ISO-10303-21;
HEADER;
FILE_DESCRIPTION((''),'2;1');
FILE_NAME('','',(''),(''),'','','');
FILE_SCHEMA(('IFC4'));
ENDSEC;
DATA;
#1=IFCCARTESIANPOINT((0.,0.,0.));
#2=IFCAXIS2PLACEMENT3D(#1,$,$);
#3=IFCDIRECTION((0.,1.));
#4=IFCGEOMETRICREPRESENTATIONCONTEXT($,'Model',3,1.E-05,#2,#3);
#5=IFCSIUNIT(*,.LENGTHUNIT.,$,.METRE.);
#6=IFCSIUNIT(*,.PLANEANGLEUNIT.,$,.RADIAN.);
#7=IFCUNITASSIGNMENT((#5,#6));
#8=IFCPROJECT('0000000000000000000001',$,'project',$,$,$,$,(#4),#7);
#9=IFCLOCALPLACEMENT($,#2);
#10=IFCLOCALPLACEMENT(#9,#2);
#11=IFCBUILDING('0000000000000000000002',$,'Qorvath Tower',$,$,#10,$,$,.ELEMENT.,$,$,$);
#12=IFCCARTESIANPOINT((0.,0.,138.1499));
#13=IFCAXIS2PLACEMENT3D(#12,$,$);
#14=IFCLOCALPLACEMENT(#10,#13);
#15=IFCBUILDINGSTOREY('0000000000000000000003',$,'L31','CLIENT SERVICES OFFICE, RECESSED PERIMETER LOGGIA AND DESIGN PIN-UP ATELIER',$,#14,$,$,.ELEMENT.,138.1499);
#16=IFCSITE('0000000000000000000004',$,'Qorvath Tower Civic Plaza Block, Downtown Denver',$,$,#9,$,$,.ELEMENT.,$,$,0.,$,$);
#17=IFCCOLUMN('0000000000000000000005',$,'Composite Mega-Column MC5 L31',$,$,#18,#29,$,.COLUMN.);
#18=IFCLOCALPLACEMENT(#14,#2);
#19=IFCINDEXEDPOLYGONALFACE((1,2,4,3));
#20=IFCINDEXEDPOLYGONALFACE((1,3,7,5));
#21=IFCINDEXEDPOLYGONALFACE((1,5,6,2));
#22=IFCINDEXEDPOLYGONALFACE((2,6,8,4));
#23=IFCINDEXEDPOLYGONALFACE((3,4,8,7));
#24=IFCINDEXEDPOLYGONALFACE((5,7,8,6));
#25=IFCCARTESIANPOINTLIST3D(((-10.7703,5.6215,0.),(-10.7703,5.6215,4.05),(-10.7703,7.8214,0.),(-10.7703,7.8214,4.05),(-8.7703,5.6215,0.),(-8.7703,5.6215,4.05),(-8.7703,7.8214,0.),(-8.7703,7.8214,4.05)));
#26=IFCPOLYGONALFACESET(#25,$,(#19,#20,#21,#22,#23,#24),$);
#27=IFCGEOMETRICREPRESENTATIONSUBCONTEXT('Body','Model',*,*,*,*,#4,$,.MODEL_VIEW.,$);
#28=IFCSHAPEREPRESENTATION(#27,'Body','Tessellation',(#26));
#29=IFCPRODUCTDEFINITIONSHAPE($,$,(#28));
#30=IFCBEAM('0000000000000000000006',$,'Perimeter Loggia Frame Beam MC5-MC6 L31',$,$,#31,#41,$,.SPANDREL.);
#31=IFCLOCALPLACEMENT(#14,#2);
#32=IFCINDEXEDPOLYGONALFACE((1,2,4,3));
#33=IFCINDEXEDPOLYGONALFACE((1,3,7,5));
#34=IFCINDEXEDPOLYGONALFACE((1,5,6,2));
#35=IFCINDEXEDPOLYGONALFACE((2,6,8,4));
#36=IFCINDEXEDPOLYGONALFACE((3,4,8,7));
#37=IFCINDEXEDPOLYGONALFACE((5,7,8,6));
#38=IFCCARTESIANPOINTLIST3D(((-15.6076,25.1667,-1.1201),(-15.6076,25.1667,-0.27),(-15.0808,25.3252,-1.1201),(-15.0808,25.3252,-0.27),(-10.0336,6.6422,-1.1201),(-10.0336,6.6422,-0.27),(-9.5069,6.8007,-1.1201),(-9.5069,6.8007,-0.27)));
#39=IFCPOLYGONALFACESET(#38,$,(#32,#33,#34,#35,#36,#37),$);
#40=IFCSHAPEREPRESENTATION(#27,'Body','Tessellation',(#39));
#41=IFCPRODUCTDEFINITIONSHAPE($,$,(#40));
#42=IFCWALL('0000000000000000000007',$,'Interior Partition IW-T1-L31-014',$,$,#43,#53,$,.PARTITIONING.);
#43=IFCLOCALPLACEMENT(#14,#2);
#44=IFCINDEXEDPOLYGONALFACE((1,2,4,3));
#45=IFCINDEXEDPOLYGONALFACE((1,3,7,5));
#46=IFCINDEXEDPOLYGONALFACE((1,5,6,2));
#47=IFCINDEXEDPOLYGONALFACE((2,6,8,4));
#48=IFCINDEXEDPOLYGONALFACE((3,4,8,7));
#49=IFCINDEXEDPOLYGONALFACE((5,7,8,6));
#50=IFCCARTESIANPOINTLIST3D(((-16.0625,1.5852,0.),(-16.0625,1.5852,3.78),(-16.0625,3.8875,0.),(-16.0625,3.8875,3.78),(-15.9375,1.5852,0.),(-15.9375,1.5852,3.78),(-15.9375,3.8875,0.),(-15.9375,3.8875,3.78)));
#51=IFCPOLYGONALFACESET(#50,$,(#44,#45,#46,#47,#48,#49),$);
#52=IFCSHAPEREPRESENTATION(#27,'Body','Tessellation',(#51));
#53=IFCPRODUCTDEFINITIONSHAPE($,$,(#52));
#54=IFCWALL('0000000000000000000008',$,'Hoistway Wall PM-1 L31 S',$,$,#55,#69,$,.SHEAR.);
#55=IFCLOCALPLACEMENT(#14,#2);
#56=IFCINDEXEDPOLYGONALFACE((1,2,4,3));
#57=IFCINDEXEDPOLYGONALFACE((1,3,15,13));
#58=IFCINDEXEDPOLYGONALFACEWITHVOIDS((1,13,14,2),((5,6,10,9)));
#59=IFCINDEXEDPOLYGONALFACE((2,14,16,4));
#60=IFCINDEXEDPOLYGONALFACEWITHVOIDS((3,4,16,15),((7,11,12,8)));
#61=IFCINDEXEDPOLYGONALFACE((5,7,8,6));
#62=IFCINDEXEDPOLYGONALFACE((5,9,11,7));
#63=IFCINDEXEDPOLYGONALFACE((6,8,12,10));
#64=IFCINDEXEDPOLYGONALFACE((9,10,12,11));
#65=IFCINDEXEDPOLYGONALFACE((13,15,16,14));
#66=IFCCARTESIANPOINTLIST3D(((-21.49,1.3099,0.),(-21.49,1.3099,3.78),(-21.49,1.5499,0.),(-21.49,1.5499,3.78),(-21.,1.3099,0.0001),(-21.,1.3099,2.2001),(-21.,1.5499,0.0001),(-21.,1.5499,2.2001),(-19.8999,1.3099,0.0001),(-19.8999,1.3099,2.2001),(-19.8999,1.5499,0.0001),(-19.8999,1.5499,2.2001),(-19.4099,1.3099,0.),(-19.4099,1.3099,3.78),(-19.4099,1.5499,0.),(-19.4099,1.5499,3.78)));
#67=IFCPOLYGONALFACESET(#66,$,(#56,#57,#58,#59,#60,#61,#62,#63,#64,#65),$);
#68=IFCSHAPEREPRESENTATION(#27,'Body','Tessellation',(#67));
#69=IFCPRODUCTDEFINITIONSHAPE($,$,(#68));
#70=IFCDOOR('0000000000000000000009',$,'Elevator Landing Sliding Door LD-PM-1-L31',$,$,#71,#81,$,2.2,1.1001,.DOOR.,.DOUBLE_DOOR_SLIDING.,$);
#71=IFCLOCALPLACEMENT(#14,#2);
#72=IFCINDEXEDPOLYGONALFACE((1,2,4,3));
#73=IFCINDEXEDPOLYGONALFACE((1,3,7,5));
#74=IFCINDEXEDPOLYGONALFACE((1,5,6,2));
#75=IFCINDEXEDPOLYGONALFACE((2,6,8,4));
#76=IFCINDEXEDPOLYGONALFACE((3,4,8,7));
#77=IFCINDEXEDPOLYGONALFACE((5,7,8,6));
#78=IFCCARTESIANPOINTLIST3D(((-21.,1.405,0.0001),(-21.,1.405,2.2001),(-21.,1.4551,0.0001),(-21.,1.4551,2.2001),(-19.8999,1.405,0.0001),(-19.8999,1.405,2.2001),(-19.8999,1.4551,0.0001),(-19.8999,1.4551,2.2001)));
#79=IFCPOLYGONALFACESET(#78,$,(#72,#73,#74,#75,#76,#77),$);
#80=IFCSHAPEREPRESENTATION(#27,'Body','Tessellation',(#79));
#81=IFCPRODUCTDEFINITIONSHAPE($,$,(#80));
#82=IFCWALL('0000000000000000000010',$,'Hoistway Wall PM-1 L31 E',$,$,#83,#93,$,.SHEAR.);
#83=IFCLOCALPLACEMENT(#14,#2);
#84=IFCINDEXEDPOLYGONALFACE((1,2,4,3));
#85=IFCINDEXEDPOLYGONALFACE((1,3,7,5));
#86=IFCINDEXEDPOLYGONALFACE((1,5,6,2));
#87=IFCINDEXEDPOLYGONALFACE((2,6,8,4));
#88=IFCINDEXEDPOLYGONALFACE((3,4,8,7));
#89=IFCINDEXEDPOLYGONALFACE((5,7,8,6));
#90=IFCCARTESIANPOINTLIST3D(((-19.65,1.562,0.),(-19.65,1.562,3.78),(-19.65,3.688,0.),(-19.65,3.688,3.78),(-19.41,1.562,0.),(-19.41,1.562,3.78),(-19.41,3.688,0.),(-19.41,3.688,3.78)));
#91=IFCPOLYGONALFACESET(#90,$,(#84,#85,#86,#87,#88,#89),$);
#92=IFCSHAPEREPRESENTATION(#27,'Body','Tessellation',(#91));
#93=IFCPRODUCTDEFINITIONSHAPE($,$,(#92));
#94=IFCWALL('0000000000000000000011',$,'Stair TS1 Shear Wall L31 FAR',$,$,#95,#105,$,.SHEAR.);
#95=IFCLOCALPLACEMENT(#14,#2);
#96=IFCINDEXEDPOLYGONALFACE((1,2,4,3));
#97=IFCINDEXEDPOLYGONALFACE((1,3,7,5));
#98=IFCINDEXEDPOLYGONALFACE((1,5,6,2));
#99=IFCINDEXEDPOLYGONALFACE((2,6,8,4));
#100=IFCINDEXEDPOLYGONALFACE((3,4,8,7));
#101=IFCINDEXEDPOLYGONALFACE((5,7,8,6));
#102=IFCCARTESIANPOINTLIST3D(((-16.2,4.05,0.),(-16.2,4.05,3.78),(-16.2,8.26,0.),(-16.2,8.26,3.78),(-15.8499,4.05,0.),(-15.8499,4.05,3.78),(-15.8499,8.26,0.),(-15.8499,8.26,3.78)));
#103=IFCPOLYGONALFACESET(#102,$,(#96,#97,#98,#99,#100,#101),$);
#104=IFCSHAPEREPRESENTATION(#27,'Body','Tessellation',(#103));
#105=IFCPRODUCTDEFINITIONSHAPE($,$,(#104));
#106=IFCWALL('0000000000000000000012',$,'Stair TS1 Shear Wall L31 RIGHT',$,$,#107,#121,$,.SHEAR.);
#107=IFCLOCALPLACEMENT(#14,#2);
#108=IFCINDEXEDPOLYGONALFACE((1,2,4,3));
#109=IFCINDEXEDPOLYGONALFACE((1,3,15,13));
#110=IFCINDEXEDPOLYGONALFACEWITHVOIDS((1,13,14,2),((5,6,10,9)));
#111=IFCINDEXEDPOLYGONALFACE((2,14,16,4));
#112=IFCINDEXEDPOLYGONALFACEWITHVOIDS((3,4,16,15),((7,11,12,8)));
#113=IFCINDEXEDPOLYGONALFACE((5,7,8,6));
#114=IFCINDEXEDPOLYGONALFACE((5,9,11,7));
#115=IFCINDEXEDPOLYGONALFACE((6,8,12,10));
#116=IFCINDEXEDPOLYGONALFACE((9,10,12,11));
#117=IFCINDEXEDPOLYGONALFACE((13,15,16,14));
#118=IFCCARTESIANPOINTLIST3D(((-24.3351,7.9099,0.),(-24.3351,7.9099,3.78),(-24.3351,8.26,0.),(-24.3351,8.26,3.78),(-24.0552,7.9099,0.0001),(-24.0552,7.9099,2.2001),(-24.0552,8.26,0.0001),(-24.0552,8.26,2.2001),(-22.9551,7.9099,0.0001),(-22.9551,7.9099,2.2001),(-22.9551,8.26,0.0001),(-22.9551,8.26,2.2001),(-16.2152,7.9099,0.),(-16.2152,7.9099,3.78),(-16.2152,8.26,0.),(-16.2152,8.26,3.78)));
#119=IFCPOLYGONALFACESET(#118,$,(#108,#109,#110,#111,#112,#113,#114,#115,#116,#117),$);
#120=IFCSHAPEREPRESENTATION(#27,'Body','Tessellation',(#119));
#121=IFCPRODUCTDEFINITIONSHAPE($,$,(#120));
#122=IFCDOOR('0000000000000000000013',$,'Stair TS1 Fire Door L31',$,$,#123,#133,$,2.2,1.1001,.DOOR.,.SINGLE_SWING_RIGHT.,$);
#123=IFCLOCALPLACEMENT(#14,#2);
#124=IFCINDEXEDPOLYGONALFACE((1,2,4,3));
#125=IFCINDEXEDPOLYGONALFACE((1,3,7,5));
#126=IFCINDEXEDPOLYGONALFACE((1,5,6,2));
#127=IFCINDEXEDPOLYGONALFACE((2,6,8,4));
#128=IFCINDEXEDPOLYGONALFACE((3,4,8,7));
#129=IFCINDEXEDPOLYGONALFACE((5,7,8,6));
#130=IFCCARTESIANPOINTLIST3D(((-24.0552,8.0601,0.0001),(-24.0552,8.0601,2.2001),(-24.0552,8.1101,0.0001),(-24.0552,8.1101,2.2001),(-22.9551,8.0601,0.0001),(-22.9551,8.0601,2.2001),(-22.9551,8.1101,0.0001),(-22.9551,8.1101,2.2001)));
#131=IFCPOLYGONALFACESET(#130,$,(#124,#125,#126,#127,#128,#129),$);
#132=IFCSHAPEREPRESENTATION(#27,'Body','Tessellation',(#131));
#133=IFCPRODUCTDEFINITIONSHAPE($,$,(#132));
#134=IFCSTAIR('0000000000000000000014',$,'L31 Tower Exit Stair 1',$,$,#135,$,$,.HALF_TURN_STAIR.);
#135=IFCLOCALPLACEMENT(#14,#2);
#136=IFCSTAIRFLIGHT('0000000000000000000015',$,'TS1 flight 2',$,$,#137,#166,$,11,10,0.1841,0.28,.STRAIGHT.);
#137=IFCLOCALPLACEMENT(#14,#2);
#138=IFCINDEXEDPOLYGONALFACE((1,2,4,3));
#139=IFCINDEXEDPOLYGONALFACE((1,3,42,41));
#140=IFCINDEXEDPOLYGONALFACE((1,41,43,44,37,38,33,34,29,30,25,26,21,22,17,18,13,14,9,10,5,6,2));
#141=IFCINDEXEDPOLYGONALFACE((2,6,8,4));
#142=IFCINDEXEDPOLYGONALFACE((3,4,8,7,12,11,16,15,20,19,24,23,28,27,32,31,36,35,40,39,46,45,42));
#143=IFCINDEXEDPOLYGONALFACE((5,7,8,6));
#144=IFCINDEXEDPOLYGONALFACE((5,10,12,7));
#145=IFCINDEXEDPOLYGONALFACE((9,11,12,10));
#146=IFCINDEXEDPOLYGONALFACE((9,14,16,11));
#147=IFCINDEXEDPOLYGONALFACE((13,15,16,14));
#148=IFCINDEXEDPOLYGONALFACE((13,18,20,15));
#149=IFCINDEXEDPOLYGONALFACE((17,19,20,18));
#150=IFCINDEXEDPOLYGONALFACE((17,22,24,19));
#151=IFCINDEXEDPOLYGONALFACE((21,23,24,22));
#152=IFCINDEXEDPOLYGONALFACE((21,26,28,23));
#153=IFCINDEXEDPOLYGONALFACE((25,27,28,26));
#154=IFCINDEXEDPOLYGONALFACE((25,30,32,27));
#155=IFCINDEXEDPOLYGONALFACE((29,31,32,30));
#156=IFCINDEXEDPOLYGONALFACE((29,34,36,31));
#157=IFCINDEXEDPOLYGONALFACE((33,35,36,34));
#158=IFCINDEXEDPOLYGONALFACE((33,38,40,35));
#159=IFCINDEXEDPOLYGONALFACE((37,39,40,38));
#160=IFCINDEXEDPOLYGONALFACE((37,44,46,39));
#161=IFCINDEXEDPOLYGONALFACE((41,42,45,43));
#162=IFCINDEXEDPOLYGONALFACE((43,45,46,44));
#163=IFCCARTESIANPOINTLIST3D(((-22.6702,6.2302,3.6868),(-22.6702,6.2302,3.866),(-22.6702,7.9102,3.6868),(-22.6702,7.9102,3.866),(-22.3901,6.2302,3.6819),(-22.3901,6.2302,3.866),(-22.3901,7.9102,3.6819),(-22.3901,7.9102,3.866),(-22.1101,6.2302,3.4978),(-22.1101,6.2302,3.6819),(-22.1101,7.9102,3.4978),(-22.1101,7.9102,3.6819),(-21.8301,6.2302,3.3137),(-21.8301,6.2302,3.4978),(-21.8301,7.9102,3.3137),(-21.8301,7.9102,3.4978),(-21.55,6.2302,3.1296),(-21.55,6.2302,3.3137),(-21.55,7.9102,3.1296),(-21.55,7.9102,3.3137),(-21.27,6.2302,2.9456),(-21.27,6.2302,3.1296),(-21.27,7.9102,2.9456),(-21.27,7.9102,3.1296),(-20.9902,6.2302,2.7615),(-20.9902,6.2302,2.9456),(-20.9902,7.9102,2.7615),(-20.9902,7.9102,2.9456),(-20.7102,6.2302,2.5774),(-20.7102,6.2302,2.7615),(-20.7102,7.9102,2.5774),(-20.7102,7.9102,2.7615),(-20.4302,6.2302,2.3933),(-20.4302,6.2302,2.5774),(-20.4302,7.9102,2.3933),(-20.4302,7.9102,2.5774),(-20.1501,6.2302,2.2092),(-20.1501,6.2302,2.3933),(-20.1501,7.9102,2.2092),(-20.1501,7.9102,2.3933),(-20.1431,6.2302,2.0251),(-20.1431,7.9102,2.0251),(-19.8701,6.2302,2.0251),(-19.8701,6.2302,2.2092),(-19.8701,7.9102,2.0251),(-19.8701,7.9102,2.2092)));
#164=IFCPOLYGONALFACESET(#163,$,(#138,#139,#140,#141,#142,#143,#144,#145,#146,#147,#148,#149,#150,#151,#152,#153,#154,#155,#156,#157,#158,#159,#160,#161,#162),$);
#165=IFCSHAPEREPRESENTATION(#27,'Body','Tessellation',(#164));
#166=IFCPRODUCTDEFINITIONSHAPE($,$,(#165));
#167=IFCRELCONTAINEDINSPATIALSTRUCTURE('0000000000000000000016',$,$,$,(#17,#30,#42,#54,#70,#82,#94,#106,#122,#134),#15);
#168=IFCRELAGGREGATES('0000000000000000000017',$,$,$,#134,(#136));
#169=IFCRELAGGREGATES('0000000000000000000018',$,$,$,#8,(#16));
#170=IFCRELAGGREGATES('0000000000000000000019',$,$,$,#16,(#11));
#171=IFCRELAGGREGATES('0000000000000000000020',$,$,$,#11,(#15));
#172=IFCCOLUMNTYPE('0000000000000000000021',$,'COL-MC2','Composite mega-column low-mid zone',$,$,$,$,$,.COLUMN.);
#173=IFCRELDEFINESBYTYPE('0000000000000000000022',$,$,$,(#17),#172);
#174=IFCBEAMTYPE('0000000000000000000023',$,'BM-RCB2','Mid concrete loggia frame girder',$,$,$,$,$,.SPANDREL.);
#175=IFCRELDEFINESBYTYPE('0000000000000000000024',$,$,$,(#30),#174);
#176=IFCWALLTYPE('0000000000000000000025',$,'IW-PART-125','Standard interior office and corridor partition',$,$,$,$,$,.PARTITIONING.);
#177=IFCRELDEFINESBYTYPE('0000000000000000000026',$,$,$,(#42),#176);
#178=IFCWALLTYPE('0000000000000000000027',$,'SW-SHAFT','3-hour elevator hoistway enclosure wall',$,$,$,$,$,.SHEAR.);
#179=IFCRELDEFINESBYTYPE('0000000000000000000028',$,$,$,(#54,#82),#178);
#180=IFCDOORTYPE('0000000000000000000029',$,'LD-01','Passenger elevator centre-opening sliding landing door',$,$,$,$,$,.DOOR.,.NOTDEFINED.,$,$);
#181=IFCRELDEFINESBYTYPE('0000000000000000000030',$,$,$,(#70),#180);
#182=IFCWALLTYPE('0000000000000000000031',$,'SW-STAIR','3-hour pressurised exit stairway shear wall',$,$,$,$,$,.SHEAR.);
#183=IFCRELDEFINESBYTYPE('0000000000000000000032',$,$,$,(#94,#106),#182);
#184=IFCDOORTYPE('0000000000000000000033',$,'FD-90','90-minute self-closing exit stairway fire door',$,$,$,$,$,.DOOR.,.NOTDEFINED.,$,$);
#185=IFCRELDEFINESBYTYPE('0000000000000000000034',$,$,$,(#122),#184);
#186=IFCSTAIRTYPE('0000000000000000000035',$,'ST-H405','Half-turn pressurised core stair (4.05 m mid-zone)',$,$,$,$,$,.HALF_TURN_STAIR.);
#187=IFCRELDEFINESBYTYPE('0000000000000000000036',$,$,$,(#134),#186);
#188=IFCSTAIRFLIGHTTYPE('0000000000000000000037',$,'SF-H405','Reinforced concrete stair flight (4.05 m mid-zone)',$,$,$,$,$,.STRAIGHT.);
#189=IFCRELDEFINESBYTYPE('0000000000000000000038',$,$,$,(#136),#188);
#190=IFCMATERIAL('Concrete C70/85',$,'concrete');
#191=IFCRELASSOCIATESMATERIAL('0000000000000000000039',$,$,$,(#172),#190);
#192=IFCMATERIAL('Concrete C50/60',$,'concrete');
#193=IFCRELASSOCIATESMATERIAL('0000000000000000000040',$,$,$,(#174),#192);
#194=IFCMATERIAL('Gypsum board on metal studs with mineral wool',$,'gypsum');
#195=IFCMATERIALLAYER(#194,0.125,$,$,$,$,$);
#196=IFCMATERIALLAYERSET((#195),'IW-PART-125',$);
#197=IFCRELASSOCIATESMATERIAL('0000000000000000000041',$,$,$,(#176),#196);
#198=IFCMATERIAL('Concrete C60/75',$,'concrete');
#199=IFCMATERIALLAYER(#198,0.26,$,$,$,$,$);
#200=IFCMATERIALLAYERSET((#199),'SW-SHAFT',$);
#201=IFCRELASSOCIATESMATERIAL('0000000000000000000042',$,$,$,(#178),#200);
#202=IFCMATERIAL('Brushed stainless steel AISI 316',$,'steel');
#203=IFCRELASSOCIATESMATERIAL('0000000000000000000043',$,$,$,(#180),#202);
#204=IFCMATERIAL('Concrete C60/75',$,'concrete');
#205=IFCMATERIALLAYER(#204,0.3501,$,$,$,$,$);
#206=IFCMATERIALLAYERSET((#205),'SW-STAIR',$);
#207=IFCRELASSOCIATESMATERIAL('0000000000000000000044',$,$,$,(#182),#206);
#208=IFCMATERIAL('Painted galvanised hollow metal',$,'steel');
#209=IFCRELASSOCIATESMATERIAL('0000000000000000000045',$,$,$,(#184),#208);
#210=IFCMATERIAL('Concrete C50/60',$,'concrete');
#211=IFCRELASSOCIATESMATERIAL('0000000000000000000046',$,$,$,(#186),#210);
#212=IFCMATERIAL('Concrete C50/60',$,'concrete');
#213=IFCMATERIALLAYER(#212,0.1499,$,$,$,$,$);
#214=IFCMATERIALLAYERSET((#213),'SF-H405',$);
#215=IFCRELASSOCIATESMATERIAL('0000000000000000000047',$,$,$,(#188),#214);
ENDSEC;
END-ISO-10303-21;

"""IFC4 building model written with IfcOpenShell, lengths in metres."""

from ifc_helpers import new_model, si_unit, direction, frame, frame_2d, origin, origin_2d, place, context, subcontext, project, spatial, polyline, rectangle, outline, extrude, material, layer, layer_set, material_profile, profile_set, type_object, element, fill, aggregate, save


model = new_model("IFC4")

# Units and contexts
model_context = context("Model", 3, precision=1e-05, world=origin(), true_north=direction((0.0, 1.0)))
body_context = subcontext(model_context, "Body", "Model", "MODEL_VIEW")
ifc_project = project(units=[si_unit("LENGTHUNIT", "METRE"), si_unit("PLANEANGLEUNIT", "RADIAN")], contexts=[model_context])

# Site, building, storey
site_placement = place(None, origin())
site = spatial("IfcSite", under=ifc_project, at=site_placement, Name="Qorvath Tower Civic Plaza Block, Downtown Denver", CompositionType="ELEMENT", RefElevation=0.0)
building_placement = place(site_placement, origin())
building = spatial("IfcBuilding", under=site, at=building_placement, Name="Qorvath Tower", CompositionType="ELEMENT")
storey_placement = place(building_placement, frame((0.0, 0.0, 138.1499)))
storey = spatial("IfcBuildingStorey", under=building, at=storey_placement, Name="L31", Description="CLIENT SERVICES OFFICE, RECESSED PERIMETER LOGGIA AND DESIGN PIN-UP ATELIER", CompositionType="ELEMENT", Elevation=138.1499)

# Column
ifc_material_1 = material(Name="Concrete C70/85", Category="concrete")
ifc_material_profile_1 = material_profile(ifc_material_1, rectangle(XDim=2.0, YDim=2.2, at=origin_2d()), Name="MC 2200x2000")
ifc_profile_set_1 = profile_set([ifc_material_profile_1], Name="Concrete C70/85")
column_type = type_object("IfcColumnType", Name="COL-MC2", Description="Composite mega-column low-mid zone", PredefinedType="COLUMN", material=ifc_profile_set_1)
column_placement = place(storey_placement, frame((-9.7703, 6.7214, 0.0), z_axis=(0.0, 0.0, 1.0), x_axis=(1.0, 0.0, 0.0)))
element("IfcColumn", 1, at=column_placement, inside=storey, type_object=column_type, Name="Composite Mega-Column MC5 L31", PredefinedType="COLUMN", context=body_context, shape_type="SweptSolid", body=[
    extrude(rectangle(XDim=2.0, YDim=2.2, at=origin_2d()), origin(), (0.0, 0.0, 1.0), 4.05),
])

# Beam
ifc_material_2 = material(Name="Concrete C50/60", Category="concrete")
ifc_material_profile_2 = material_profile(ifc_material_2, rectangle(XDim=0.55, YDim=0.8501, at=origin_2d()), Name="RCB 850x550")
ifc_profile_set_2 = profile_set([ifc_material_profile_2], Name="Concrete C50/60")
beam_type = type_object("IfcBeamType", Name="BM-RCB2", Description="Mid concrete loggia frame girder", PredefinedType="SPANDREL", material=ifc_profile_set_2)
beam_placement = place(storey_placement, frame((-9.7703, 6.7214, -0.6951), z_axis=(-0.288134, 0.95759, 0.0), x_axis=(-0.95759, -0.288134, 0.0)))
element("IfcBeam", 2, at=beam_placement, inside=storey, type_object=beam_type, Name="Perimeter Loggia Frame Beam MC5-MC6 L31", PredefinedType="SPANDREL", context=body_context, shape_type="SweptSolid", body=[
    extrude(rectangle(XDim=0.55, YDim=0.8501, at=origin_2d()), origin(), (0.0, 0.0, 1.0), 19.345),
])

# Shared definitions
ifc_material_3 = material(Name="Gypsum board on metal studs with mineral wool", Category="gypsum")
ifc_layer_1 = layer(ifc_material_3, 0.125)
ifc_layer_set_1 = layer_set([ifc_layer_1], Name="IW-PART-125")
wall_type_1 = type_object("IfcWallType", Name="IW-PART-125", Description="Standard interior office and corridor partition", PredefinedType="PARTITIONING", material=ifc_layer_set_1)

# Wall
wall_1_placement = place(storey_placement, frame((-16.0, 1.5852, 0.0), z_axis=(0.0, 0.0, 1.0), x_axis=(0.0, 1.0, 0.0)))
element("IfcWall", 3, at=wall_1_placement, inside=storey, type_object=wall_type_1, Name="Interior Partition IW-T1-L31-014", PredefinedType="PARTITIONING", context=body_context, shape_type="SweptSolid", body=[
    extrude(rectangle(XDim=2.3022, YDim=0.125, at=frame_2d((1.1511, 0.0))), origin(), (0.0, 0.0, 1.0), 3.78),
])

# Wall, opening, door
ifc_material_4 = material(Name="Concrete C60/75", Category="concrete")
ifc_layer_2 = layer(ifc_material_4, 0.26)
ifc_layer_set_2 = layer_set([ifc_layer_2], Name="SW-SHAFT")
wall_type_2 = type_object("IfcWallType", Name="SW-SHAFT", Description="3-hour elevator hoistway enclosure wall", PredefinedType="SHEAR", material=ifc_layer_set_2)
wall_2_placement = place(storey_placement, frame((-19.4099, 1.4299, 0.0), z_axis=(0.0, 0.0, 1.0), x_axis=(-1.0, 0.0, 0.0)))
wall_2 = element("IfcWall", 4, at=wall_2_placement, inside=storey, type_object=wall_type_2, Name="Hoistway Wall PM-1 L31 S", PredefinedType="SHEAR", context=body_context, shape_type="SweptSolid", body=[
    extrude(rectangle(XDim=2.0801, YDim=0.24, at=frame_2d((1.04, 0.0))), origin(), (0.0, 0.0, 1.0), 3.78),
])
opening_1_placement = place(wall_2_placement, frame((0.49, 0.0, 0.0)))
opening_1 = element("IfcOpeningElement", 5, at=opening_1_placement, cuts=wall_2, PredefinedType="OPENING", context=body_context, shape_type="SweptSolid", body=[
    extrude(rectangle(XDim=1.1001, YDim=2.2, at=frame_2d((0.55, 1.1001))), frame((0.0, 0.1299, 0.0), z_axis=(0.0, -1.0, 0.0), x_axis=(1.0, 0.0, 0.0)), (0.0, 0.0, 1.0), 0.26),
])
ifc_material_5 = material(Name="Brushed stainless steel AISI 316", Category="steel")
door_type_1 = type_object("IfcDoorType", Name="LD-01", Description="Passenger elevator centre-opening sliding landing door", OperationType="NOTDEFINED", PredefinedType="DOOR", material=ifc_material_5)
door_1_placement = place(opening_1_placement, origin())
door_1 = element("IfcDoor", 6, at=door_1_placement, inside=storey, type_object=door_type_1, Name="Elevator Landing Sliding Door LD-PM-1-L31", OperationType="DOUBLE_DOOR_SLIDING", OverallHeight=2.2, OverallWidth=1.1001, PredefinedType="DOOR", context=body_context, shape_type="SweptSolid", body=[
    extrude(rectangle(XDim=1.1001, YDim=2.2, at=frame_2d((0.55, 1.1001))), frame((0.0, 0.0249, 0.0), z_axis=(0.0, -1.0, 0.0), x_axis=(1.0, 0.0, 0.0)), (0.0, 0.0, 1.0), 0.05),
])
fill(opening_1, door_1)

# Walls
wall_3_placement = place(storey_placement, frame((-19.53, 3.688, 0.0), z_axis=(0.0, 0.0, 1.0), x_axis=(0.0, -1.0, 0.0)))
element("IfcWall", 7, at=wall_3_placement, inside=storey, type_object=wall_type_2, Name="Hoistway Wall PM-1 L31 E", PredefinedType="SHEAR", context=body_context, shape_type="SweptSolid", body=[
    extrude(rectangle(XDim=2.126, YDim=0.24, at=frame_2d((1.063, 0.0))), origin(), (0.0, 0.0, 1.0), 3.78),
])
ifc_material_6 = material(Name="Concrete C60/75", Category="concrete")
ifc_layer_3 = layer(ifc_material_6, 0.3501)
ifc_layer_set_3 = layer_set([ifc_layer_3], Name="SW-STAIR")
wall_type_3 = type_object("IfcWallType", Name="SW-STAIR", Description="3-hour pressurised exit stairway shear wall", PredefinedType="SHEAR", material=ifc_layer_set_3)
wall_4_placement = place(storey_placement, frame((-16.0249, 4.05, 0.0), z_axis=(0.0, 0.0, 1.0), x_axis=(0.0, 1.0, 0.0)))
element("IfcWall", 8, at=wall_4_placement, inside=storey, type_object=wall_type_3, Name="Stair TS1 Shear Wall L31 FAR", PredefinedType="SHEAR", context=body_context, shape_type="SweptSolid", body=[
    extrude(rectangle(XDim=4.21, YDim=0.3501, at=frame_2d((2.105, 0.0))), origin(), (0.0, 0.0, 1.0), 3.78),
])

# Wall, opening, door
wall_5_placement = place(storey_placement, frame((-16.2151, 8.085, 0.0), z_axis=(0.0, 0.0, 1.0), x_axis=(-1.0, 0.0, 0.0)))
wall_5 = element("IfcWall", 9, at=wall_5_placement, inside=storey, type_object=wall_type_3, Name="Stair TS1 Shear Wall L31 RIGHT", PredefinedType="SHEAR", context=body_context, shape_type="SweptSolid", body=[
    extrude(rectangle(XDim=8.1199, YDim=0.3501, at=frame_2d((4.0601, 0.0))), origin(), (0.0, 0.0, 1.0), 3.78),
])
opening_2_placement = place(wall_5_placement, frame((6.74, 0.0, 0.0)))
opening_2 = element("IfcOpeningElement", 10, at=opening_2_placement, cuts=wall_5, PredefinedType="OPENING", context=body_context, shape_type="SweptSolid", body=[
    extrude(rectangle(XDim=1.1001, YDim=2.2, at=frame_2d((0.55, 1.1001))), frame((0.0, 0.1851, 0.0), z_axis=(0.0, -1.0, 0.0), x_axis=(1.0, 0.0, 0.0)), (0.0, 0.0, 1.0), 0.3701),
])
ifc_material_7 = material(Name="Painted galvanised hollow metal", Category="steel")
door_type_2 = type_object("IfcDoorType", Name="FD-90", Description="90-minute self-closing exit stairway fire door", OperationType="NOTDEFINED", PredefinedType="DOOR", material=ifc_material_7)
door_2_placement = place(opening_2_placement, origin())
door_2 = element("IfcDoor", 11, at=door_2_placement, inside=storey, type_object=door_type_2, Name="Stair TS1 Fire Door L31", OperationType="SINGLE_SWING_RIGHT", OverallHeight=2.2, OverallWidth=1.1001, PredefinedType="DOOR", context=body_context, shape_type="SweptSolid", body=[
    extrude(rectangle(XDim=1.1001, YDim=2.2, at=frame_2d((0.55, 1.1001))), frame((0.0, 0.0249, 0.0), z_axis=(0.0, -1.0, 0.0), x_axis=(1.0, 0.0, 0.0)), (0.0, 0.0, 1.0), 0.05),
])
fill(opening_2, door_2)

# Stair, stair flight
ifc_material_8 = material(Name="Concrete C50/60", Category="concrete")
stair_type = type_object("IfcStairType", Name="ST-H405", Description="Half-turn pressurised core stair (4.05 m mid-zone)", PredefinedType="HALF_TURN_STAIR", material=ifc_material_8)
stair_placement = place(storey_placement, origin())
stair = element("IfcStair", 12, at=stair_placement, inside=storey, type_object=stair_type, Name="L31 Tower Exit Stair 1", PredefinedType="HALF_TURN_STAIR")
ifc_material_9 = material(Name="Concrete C50/60", Category="concrete")
ifc_layer_4 = layer(ifc_material_9, 0.1499)
ifc_layer_set_4 = layer_set([ifc_layer_4], Name="SF-H405")
stair_flight_type = type_object("IfcStairFlightType", Name="SF-H405", Description="Reinforced concrete stair flight (4.05 m mid-zone)", PredefinedType="STRAIGHT", material=ifc_layer_set_4)
stair_flight_placement = place(storey_placement, frame((-19.8701, 7.0701, 2.0251), z_axis=(0.0, 0.0, 1.0), x_axis=(-1.0, 0.0, 0.0)))
stair_flight = element("IfcStairFlight", 13, at=stair_flight_placement, type_object=stair_flight_type, Name="TS1 flight 2", NumberOfRisers=11, NumberOfTreads=10, PredefinedType="STRAIGHT", RiserHeight=0.1841, TreadLength=0.28, context=body_context, shape_type="SweptSolid", body=[
    extrude(outline(polyline([(0.0, 0.0), (0.0, 0.1841), (0.28, 0.1841), (0.28, 0.3682), (0.5601, 0.3682), (0.5601, 0.5522), (0.8401, 0.5522), (0.8401, 0.7363), (1.1201, 0.7363), (1.1201, 0.9204), (1.3999, 0.9204), (1.3999, 1.1045), (1.6799, 1.1045), (1.6799, 1.2886), (1.96, 1.2886), (1.96, 1.4727), (2.24, 1.4727), (2.24, 1.6567), (2.52, 1.6567), (2.52, 1.8408), (2.8, 1.8408), (2.8, 2.0249), (2.8, 1.6616), (0.2729, 0.0), (0.0, 0.0)])), frame((0.0, 0.8398, 0.0), z_axis=(0.0, -1.0, 0.0), x_axis=(1.0, 0.0, 0.0)), (0.0, 0.0, 1.0), 1.6799),
])
aggregate(stair, [stair_flight])

save(model, "model.ifc")
